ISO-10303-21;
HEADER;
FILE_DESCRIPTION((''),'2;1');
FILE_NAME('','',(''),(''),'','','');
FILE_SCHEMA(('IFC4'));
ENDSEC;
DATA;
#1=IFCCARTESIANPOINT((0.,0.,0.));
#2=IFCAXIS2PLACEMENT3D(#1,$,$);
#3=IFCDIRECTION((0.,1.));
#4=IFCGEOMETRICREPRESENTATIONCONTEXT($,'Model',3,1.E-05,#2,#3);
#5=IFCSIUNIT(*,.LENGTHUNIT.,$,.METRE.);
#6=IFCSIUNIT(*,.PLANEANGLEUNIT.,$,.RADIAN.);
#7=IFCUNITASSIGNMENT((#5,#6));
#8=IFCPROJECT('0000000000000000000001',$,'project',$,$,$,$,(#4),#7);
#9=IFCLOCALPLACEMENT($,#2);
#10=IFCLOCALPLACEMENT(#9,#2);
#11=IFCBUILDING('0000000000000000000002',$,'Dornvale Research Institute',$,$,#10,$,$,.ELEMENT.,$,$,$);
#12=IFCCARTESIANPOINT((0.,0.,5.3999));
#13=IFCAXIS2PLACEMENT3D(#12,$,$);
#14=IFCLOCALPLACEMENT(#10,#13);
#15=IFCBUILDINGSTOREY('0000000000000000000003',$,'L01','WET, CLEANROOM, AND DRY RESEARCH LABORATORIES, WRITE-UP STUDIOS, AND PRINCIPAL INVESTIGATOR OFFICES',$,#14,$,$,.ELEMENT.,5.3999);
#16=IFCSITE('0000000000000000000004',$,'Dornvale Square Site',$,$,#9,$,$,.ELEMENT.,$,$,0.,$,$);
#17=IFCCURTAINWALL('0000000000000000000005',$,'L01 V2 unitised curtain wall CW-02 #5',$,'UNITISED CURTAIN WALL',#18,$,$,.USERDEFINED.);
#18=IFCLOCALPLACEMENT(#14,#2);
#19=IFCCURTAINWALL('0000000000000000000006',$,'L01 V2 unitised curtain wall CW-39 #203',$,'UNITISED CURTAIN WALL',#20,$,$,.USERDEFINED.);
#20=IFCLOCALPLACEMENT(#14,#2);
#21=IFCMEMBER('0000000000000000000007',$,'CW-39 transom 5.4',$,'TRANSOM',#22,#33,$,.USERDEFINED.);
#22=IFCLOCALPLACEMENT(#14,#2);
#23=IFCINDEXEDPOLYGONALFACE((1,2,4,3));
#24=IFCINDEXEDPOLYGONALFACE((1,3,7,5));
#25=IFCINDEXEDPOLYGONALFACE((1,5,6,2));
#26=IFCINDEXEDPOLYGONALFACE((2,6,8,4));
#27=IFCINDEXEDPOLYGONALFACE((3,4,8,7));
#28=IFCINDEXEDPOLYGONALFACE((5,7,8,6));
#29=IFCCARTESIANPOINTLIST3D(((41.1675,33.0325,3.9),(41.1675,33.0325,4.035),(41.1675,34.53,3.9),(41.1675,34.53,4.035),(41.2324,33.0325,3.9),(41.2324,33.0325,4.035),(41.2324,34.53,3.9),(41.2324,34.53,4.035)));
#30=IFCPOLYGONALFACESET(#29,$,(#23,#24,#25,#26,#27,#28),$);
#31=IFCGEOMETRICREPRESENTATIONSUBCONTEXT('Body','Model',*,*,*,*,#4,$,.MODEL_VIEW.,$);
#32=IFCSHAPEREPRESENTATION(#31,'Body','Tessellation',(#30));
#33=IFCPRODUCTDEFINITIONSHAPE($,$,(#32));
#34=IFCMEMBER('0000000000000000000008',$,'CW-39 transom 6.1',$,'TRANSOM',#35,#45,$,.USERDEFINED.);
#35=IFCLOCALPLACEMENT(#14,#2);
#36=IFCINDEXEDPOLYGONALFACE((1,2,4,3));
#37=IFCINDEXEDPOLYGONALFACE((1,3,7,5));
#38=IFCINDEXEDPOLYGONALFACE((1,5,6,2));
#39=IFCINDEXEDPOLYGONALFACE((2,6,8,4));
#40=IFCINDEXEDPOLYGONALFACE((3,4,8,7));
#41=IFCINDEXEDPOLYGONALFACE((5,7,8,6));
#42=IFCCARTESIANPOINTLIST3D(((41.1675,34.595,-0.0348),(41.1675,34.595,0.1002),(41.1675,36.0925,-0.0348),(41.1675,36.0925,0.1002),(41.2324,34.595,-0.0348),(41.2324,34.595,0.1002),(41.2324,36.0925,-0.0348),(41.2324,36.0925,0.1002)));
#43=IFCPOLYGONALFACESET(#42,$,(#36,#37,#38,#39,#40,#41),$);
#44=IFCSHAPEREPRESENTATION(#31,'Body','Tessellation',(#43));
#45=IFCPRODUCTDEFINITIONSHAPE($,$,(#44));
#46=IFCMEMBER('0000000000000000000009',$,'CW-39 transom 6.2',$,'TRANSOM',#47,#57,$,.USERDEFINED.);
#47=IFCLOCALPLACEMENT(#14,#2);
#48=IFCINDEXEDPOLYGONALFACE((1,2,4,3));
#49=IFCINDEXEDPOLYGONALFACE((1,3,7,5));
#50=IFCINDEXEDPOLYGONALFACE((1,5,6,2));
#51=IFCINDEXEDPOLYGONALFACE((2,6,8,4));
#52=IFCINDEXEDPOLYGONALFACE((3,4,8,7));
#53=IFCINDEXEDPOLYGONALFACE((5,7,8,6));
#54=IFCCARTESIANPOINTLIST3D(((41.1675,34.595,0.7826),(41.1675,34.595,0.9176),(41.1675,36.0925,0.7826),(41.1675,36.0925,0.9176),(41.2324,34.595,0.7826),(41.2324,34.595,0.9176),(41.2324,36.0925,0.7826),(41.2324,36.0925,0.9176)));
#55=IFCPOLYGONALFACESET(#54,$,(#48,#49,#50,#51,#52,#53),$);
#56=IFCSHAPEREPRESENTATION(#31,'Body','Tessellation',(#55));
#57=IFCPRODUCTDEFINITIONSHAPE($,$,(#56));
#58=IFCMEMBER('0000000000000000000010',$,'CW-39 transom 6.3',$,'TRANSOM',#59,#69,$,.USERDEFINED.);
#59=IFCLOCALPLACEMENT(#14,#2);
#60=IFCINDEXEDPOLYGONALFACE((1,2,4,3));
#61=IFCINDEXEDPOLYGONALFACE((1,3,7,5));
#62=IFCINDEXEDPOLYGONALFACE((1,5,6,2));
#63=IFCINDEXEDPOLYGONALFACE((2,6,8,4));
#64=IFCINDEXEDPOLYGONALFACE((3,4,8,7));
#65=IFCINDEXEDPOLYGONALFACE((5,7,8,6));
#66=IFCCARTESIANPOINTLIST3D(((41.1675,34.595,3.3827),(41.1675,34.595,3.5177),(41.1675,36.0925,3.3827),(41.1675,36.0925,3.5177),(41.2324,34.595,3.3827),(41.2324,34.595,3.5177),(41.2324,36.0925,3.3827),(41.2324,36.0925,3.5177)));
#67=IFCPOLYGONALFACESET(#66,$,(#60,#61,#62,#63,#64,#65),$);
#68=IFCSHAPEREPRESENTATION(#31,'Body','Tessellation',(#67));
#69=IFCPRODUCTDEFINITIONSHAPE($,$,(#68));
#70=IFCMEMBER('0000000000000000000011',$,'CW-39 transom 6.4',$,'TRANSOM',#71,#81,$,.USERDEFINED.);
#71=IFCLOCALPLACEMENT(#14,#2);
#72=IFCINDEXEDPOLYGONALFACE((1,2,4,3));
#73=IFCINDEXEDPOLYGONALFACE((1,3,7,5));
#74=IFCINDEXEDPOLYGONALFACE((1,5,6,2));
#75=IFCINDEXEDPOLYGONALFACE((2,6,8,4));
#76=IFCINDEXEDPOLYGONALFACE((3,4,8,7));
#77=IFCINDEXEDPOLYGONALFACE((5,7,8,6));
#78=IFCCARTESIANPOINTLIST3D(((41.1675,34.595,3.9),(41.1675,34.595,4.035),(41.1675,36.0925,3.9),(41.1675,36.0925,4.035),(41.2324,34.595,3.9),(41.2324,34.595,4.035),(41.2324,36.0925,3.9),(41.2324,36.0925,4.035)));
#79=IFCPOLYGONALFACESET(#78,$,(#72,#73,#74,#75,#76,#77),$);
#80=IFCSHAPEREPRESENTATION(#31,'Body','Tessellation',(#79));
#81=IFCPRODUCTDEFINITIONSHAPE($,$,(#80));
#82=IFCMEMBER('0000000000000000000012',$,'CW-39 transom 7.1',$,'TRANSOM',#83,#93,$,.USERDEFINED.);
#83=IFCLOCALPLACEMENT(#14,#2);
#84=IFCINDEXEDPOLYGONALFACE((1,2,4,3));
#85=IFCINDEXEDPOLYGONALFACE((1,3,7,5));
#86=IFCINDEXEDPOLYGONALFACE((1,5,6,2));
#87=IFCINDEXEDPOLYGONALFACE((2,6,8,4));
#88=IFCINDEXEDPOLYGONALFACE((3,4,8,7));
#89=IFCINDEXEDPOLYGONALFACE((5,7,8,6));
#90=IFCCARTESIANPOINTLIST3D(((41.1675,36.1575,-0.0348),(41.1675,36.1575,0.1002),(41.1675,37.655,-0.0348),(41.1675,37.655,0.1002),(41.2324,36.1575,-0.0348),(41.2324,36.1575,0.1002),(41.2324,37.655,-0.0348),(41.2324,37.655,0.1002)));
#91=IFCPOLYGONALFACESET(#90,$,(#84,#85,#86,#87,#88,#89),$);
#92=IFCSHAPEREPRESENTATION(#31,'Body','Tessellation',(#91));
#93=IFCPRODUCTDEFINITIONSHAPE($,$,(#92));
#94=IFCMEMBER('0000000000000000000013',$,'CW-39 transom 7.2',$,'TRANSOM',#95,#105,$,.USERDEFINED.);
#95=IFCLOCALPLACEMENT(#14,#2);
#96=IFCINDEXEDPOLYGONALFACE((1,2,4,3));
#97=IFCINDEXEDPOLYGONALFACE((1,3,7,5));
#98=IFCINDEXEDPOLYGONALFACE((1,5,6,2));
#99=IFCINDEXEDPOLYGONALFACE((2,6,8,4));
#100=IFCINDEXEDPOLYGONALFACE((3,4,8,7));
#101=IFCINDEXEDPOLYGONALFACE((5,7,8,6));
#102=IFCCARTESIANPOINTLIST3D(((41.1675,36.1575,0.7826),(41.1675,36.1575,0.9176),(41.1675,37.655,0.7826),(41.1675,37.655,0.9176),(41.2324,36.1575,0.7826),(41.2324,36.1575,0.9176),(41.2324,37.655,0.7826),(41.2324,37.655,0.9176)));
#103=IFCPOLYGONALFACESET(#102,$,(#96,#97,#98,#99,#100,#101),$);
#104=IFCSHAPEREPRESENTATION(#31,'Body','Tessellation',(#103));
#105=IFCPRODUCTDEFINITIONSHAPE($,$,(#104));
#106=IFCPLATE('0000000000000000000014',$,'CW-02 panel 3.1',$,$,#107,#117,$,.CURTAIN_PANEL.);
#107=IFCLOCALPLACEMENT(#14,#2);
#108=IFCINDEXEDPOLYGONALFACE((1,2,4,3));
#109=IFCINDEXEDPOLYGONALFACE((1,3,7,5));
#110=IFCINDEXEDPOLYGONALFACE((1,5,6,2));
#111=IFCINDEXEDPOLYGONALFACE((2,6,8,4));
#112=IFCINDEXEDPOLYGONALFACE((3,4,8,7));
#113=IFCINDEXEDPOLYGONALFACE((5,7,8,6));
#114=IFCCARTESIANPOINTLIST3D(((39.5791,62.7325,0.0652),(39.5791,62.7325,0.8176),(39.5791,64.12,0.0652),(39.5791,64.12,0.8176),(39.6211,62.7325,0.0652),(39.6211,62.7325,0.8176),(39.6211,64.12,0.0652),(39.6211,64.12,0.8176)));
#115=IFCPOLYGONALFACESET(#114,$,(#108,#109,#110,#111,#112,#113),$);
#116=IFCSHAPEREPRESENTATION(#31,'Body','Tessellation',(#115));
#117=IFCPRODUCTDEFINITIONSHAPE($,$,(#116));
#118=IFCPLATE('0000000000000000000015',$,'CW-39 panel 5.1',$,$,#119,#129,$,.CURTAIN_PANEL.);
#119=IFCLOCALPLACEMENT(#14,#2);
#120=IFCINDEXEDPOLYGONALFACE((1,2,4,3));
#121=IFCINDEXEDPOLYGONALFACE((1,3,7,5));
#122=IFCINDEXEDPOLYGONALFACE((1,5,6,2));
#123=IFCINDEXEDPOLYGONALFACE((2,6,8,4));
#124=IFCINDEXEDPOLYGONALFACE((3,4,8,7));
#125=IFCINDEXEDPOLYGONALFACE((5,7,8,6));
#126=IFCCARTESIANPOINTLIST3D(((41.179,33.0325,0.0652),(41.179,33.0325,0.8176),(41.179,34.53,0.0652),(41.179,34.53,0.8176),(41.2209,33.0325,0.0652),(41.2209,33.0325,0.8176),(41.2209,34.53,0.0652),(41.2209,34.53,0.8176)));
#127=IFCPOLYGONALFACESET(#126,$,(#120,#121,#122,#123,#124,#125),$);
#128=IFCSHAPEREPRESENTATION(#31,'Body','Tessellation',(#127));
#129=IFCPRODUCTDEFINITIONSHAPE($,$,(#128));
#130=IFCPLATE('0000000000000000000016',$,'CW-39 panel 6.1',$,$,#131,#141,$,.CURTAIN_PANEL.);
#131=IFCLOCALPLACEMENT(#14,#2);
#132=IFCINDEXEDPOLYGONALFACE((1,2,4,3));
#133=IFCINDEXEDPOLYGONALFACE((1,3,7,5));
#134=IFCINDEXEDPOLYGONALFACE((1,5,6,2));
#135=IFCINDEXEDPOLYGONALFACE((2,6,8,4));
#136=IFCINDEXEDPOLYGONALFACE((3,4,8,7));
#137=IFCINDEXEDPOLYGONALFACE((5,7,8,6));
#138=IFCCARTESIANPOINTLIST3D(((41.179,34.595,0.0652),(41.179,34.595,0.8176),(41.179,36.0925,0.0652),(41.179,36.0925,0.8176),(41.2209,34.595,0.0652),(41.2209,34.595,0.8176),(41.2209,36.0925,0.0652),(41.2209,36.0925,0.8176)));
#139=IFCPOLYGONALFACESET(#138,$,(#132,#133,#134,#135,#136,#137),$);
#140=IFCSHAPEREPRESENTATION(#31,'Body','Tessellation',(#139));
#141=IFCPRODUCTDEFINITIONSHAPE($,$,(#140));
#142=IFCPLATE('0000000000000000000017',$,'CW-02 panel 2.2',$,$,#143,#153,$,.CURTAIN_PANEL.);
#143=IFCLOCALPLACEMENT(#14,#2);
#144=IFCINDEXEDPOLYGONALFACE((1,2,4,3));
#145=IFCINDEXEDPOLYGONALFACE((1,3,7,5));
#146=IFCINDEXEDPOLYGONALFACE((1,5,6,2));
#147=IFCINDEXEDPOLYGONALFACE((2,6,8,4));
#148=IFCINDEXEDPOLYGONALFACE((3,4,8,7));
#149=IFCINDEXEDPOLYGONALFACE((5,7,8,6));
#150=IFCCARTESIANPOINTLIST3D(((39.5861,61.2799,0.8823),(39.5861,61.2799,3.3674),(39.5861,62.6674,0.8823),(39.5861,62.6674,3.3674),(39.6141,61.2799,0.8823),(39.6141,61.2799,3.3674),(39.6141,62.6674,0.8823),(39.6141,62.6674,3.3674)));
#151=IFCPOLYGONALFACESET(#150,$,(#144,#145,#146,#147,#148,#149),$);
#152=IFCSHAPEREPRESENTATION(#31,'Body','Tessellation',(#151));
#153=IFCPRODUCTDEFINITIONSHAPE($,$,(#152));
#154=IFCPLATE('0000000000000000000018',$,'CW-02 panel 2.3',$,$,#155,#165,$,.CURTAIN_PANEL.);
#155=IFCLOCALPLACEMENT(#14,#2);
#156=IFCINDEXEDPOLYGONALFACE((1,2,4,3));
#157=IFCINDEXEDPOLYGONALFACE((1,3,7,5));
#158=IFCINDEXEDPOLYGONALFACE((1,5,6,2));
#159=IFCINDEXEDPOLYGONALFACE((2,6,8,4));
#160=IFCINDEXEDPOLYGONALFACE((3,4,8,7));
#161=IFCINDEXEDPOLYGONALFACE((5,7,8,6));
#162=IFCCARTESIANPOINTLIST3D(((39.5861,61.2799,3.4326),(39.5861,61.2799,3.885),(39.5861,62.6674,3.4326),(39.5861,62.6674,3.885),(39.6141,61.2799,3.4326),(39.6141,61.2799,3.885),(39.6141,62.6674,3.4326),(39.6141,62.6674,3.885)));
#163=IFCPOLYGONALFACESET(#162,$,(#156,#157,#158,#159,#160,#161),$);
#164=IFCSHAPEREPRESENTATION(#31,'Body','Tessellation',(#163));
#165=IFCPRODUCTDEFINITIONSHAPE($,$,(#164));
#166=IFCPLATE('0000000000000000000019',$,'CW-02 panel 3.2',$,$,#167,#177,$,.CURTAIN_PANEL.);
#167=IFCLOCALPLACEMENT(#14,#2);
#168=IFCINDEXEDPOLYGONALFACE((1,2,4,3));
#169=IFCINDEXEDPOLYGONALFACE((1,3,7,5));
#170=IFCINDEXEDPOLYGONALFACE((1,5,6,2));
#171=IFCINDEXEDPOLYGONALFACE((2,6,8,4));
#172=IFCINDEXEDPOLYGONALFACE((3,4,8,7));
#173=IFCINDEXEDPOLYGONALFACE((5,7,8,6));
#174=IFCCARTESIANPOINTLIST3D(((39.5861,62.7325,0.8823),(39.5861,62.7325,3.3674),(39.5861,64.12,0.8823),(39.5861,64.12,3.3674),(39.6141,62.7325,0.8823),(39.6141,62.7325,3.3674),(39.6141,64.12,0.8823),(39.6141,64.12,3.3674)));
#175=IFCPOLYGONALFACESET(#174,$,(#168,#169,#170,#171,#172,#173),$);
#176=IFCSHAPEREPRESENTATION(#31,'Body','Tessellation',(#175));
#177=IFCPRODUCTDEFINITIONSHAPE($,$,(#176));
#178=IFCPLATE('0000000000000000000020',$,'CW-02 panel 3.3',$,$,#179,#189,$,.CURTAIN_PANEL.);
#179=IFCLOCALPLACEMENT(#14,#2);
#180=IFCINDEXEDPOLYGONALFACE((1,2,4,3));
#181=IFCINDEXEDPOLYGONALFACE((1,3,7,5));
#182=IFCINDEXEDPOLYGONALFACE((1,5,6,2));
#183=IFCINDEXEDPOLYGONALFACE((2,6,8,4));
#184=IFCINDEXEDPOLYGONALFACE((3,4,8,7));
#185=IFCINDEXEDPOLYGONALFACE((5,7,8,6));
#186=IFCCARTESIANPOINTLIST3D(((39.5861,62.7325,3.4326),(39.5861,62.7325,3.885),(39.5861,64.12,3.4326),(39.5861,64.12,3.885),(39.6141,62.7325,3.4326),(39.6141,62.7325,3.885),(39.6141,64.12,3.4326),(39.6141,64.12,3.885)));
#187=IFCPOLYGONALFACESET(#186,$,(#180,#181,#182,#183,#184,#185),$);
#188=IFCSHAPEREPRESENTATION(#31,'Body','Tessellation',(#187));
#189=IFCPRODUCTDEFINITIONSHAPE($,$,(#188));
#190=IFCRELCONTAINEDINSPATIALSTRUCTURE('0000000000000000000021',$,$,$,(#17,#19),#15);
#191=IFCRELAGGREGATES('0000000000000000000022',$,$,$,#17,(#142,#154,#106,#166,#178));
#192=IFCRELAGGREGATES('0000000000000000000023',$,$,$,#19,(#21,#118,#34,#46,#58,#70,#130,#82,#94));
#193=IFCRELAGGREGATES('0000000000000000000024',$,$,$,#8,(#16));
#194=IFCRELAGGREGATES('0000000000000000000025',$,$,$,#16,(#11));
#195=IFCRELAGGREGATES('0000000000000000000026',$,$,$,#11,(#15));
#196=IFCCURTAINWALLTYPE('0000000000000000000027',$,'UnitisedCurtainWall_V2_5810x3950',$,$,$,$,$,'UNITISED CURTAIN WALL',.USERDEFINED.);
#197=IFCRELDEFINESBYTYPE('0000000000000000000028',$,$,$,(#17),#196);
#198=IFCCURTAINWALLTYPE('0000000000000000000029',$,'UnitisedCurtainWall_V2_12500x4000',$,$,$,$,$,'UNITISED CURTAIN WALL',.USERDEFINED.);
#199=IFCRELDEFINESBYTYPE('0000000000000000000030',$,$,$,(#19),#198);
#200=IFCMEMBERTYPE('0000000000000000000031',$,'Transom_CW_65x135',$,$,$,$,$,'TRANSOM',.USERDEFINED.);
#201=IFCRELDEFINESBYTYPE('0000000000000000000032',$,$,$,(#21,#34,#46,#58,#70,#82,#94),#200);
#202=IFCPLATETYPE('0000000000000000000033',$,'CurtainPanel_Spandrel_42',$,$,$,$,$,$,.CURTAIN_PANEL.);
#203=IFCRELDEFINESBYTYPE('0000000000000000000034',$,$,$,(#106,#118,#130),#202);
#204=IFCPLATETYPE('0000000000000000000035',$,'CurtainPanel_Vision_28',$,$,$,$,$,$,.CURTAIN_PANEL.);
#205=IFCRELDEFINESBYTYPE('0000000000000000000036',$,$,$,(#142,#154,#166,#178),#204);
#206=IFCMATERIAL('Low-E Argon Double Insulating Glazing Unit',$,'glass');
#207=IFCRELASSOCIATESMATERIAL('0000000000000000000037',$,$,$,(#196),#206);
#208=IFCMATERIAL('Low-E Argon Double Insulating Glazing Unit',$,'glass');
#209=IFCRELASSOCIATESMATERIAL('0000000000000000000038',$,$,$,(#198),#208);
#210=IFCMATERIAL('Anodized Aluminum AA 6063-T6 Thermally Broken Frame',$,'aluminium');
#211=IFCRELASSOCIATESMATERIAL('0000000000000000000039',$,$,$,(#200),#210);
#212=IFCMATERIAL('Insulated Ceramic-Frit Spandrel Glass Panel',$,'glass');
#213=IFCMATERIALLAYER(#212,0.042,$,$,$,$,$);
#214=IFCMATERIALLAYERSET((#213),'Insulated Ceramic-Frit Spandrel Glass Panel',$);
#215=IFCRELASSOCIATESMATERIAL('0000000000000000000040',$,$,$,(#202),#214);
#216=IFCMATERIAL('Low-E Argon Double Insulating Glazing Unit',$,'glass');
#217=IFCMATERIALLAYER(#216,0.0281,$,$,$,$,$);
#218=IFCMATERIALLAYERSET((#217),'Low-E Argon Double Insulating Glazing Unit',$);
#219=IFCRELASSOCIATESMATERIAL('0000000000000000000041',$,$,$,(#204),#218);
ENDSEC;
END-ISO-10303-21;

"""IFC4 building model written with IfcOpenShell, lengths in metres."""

from ifc_helpers import new_model, si_unit, direction, frame, origin, origin_2d, place, context, subcontext, project, spatial, rectangle, extrude, material, layer, layer_set, material_profile, profile_set, type_object, element, aggregate, save


model = new_model("IFC4")

# Units and contexts
model_context = context("Model", 3, precision=1e-05, world=origin(), true_north=direction((0.0, 1.0)))
body_context = subcontext(model_context, "Body", "Model", "MODEL_VIEW")
ifc_project = project(units=[si_unit("LENGTHUNIT", "METRE"), si_unit("PLANEANGLEUNIT", "RADIAN")], contexts=[model_context])

# Site, building, storey
site_placement = place(None, origin())
site = spatial("IfcSite", under=ifc_project, at=site_placement, Name="Dornvale Square Site", CompositionType="ELEMENT", RefElevation=0.0)
building_placement = place(site_placement, origin())
building = spatial("IfcBuilding", under=site, at=building_placement, Name="Dornvale Research Institute", CompositionType="ELEMENT")
storey_placement = place(building_placement, frame((0.0, 0.0, 5.3999)))
storey = spatial("IfcBuildingStorey", under=building, at=storey_placement, Name="L01", Description="WET, CLEANROOM, AND DRY RESEARCH LABORATORIES, WRITE-UP STUDIOS, AND PRINCIPAL INVESTIGATOR OFFICES", CompositionType="ELEMENT", Elevation=5.3999)

# Curtain walls
ifc_material_1 = material(Name="Low-E Argon Double Insulating Glazing Unit", Category="glass")
curtain_wall_type_1 = type_object("IfcCurtainWallType", Name="UnitisedCurtainWall_V2_5810x3950", ElementType="UNITISED CURTAIN WALL", PredefinedType="USERDEFINED", material=ifc_material_1)
curtain_wall_1_placement = place(storey_placement, origin())
curtain_wall_1 = element("IfcCurtainWall", 1, at=curtain_wall_1_placement, inside=storey, type_object=curtain_wall_type_1, Name="L01 V2 unitised curtain wall CW-02 #5", ObjectType="UNITISED CURTAIN WALL", PredefinedType="USERDEFINED")
ifc_material_2 = material(Name="Low-E Argon Double Insulating Glazing Unit", Category="glass")
curtain_wall_type_2 = type_object("IfcCurtainWallType", Name="UnitisedCurtainWall_V2_12500x4000", ElementType="UNITISED CURTAIN WALL", PredefinedType="USERDEFINED", material=ifc_material_2)
curtain_wall_2_placement = place(storey_placement, origin())
curtain_wall_2 = element("IfcCurtainWall", 2, at=curtain_wall_2_placement, inside=storey, type_object=curtain_wall_type_2, Name="L01 V2 unitised curtain wall CW-39 #203", ObjectType="UNITISED CURTAIN WALL", PredefinedType="USERDEFINED")

# Members
ifc_material_3 = material(Name="Anodized Aluminum AA 6063-T6 Thermally Broken Frame", Category="aluminium")
ifc_material_profile_1 = material_profile(ifc_material_3, rectangle(XDim=0.0649, YDim=0.135, at=origin_2d()), Name="ALU TRANSOM 65x135")
ifc_profile_set_1 = profile_set([ifc_material_profile_1], Name="Anodized Aluminum AA 6063-T6 Thermally Broken Frame")
member_type_1 = type_object("IfcMemberType", Name="Transom_CW_65x135", ElementType="TRANSOM", PredefinedType="USERDEFINED", material=ifc_profile_set_1)
member_1_placement = place(storey_placement, frame((41.2, 33.0325, 3.9675), z_axis=(0.0, 1.0, 0.0), x_axis=(-1.0, 0.0, 0.0)))
member_1 = element("IfcMember", 3, at=member_1_placement, type_object=member_type_1, Name="CW-39 transom 5.4", ObjectType="TRANSOM", PredefinedType="USERDEFINED", context=body_context, shape_type="SweptSolid", body=[
    extrude(rectangle(XDim=0.0649, YDim=0.135, at=origin_2d()), origin(), (0.0, 0.0, 1.0), 1.4976),
])
member_2_placement = place(storey_placement, frame((41.2, 34.595, 0.0327), z_axis=(0.0, 1.0, 0.0), x_axis=(-1.0, 0.0, 0.0)))
member_2 = element("IfcMember", 4, at=member_2_placement, type_object=member_type_1, Name="CW-39 transom 6.1", ObjectType="TRANSOM", PredefinedType="USERDEFINED", context=body_context, shape_type="SweptSolid", body=[
    extrude(rectangle(XDim=0.0649, YDim=0.135, at=origin_2d()), origin(), (0.0, 0.0, 1.0), 1.4976),
])
member_3_placement = place(storey_placement, frame((41.2, 34.595, 0.8501), z_axis=(0.0, 1.0, 0.0), x_axis=(-1.0, 0.0, 0.0)))
member_3 = element("IfcMember", 5, at=member_3_placement, type_object=member_type_1, Name="CW-39 transom 6.2", ObjectType="TRANSOM", PredefinedType="USERDEFINED", context=body_context, shape_type="SweptSolid", body=[
    extrude(rectangle(XDim=0.0649, YDim=0.135, at=origin_2d()), origin(), (0.0, 0.0, 1.0), 1.4976),
])
member_4_placement = place(storey_placement, frame((41.2, 34.595, 3.4502), z_axis=(0.0, 1.0, 0.0), x_axis=(-1.0, 0.0, 0.0)))
member_4 = element("IfcMember", 6, at=member_4_placement, type_object=member_type_1, Name="CW-39 transom 6.3", ObjectType="TRANSOM", PredefinedType="USERDEFINED", context=body_context, shape_type="SweptSolid", body=[
    extrude(rectangle(XDim=0.0649, YDim=0.135, at=origin_2d()), origin(), (0.0, 0.0, 1.0), 1.4976),
])
member_5_placement = place(storey_placement, frame((41.2, 34.595, 3.9675), z_axis=(0.0, 1.0, 0.0), x_axis=(-1.0, 0.0, 0.0)))
member_5 = element("IfcMember", 7, at=member_5_placement, type_object=member_type_1, Name="CW-39 transom 6.4", ObjectType="TRANSOM", PredefinedType="USERDEFINED", context=body_context, shape_type="SweptSolid", body=[
    extrude(rectangle(XDim=0.0649, YDim=0.135, at=origin_2d()), origin(), (0.0, 0.0, 1.0), 1.4976),
])
member_6_placement = place(storey_placement, frame((41.2, 36.1575, 0.0327), z_axis=(0.0, 1.0, 0.0), x_axis=(-1.0, 0.0, 0.0)))
member_6 = element("IfcMember", 8, at=member_6_placement, type_object=member_type_1, Name="CW-39 transom 7.1", ObjectType="TRANSOM", PredefinedType="USERDEFINED", context=body_context, shape_type="SweptSolid", body=[
    extrude(rectangle(XDim=0.0649, YDim=0.135, at=origin_2d()), origin(), (0.0, 0.0, 1.0), 1.4976),
])
member_7_placement = place(storey_placement, frame((41.2, 36.1575, 0.8501), z_axis=(0.0, 1.0, 0.0), x_axis=(-1.0, 0.0, 0.0)))
member_7 = element("IfcMember", 9, at=member_7_placement, type_object=member_type_1, Name="CW-39 transom 7.2", ObjectType="TRANSOM", PredefinedType="USERDEFINED", context=body_context, shape_type="SweptSolid", body=[
    extrude(rectangle(XDim=0.0649, YDim=0.135, at=origin_2d()), origin(), (0.0, 0.0, 1.0), 1.4976),
])

# Plates
ifc_material_4 = material(Name="Insulated Ceramic-Frit Spandrel Glass Panel", Category="glass")
ifc_layer_1 = layer(ifc_material_4, 0.042)
ifc_layer_set_1 = layer_set([ifc_layer_1], Name="Insulated Ceramic-Frit Spandrel Glass Panel")
plate_type_1 = type_object("IfcPlateType", Name="CurtainPanel_Spandrel_42", PredefinedType="CURTAIN_PANEL", material=ifc_layer_set_1)
plate_1_placement = place(storey_placement, frame((39.6001, 63.4263, 0.0652), z_axis=(0.0, 0.0, 1.0), x_axis=(0.0, 1.0, 0.0)))
plate_1 = element("IfcPlate", 10, at=plate_1_placement, type_object=plate_type_1, Name="CW-02 panel 3.1", PredefinedType="CURTAIN_PANEL", context=body_context, shape_type="SweptSolid", body=[
    extrude(rectangle(XDim=1.3875, YDim=0.042, at=origin_2d()), origin(), (0.0, 0.0, 1.0), 0.7524),
])
plate_2_placement = place(storey_placement, frame((41.2, 33.7812, 0.0652), z_axis=(0.0, 0.0, 1.0), x_axis=(0.0, 1.0, 0.0)))
plate_2 = element("IfcPlate", 11, at=plate_2_placement, type_object=plate_type_1, Name="CW-39 panel 5.1", PredefinedType="CURTAIN_PANEL", context=body_context, shape_type="SweptSolid", body=[
    extrude(rectangle(XDim=1.4976, YDim=0.042, at=origin_2d()), origin(), (0.0, 0.0, 1.0), 0.7524),
])
plate_3_placement = place(storey_placement, frame((41.2, 35.3438, 0.0652), z_axis=(0.0, 0.0, 1.0), x_axis=(0.0, 1.0, 0.0)))
plate_3 = element("IfcPlate", 12, at=plate_3_placement, type_object=plate_type_1, Name="CW-39 panel 6.1", PredefinedType="CURTAIN_PANEL", context=body_context, shape_type="SweptSolid", body=[
    extrude(rectangle(XDim=1.4976, YDim=0.042, at=origin_2d()), origin(), (0.0, 0.0, 1.0), 0.7524),
])
ifc_material_5 = material(Name="Low-E Argon Double Insulating Glazing Unit", Category="glass")
ifc_layer_2 = layer(ifc_material_5, 0.0281)
ifc_layer_set_2 = layer_set([ifc_layer_2], Name="Low-E Argon Double Insulating Glazing Unit")
plate_type_2 = type_object("IfcPlateType", Name="CurtainPanel_Vision_28", PredefinedType="CURTAIN_PANEL", material=ifc_layer_set_2)
plate_4_placement = place(storey_placement, frame((39.6001, 61.9736, 0.8823), z_axis=(0.0, 0.0, 1.0), x_axis=(0.0, 1.0, 0.0)))
plate_4 = element("IfcPlate", 13, at=plate_4_placement, type_object=plate_type_2, Name="CW-02 panel 2.2", PredefinedType="CURTAIN_PANEL", context=body_context, shape_type="SweptSolid", body=[
    extrude(rectangle(XDim=1.3875, YDim=0.0281, at=origin_2d()), origin(), (0.0, 0.0, 1.0), 2.4851),
])
plate_5_placement = place(storey_placement, frame((39.6001, 61.9736, 3.4326), z_axis=(0.0, 0.0, 1.0), x_axis=(0.0, 1.0, 0.0)))
plate_5 = element("IfcPlate", 14, at=plate_5_placement, type_object=plate_type_2, Name="CW-02 panel 2.3", PredefinedType="CURTAIN_PANEL", context=body_context, shape_type="SweptSolid", body=[
    extrude(rectangle(XDim=1.3875, YDim=0.0281, at=origin_2d()), origin(), (0.0, 0.0, 1.0), 0.4524),
])
plate_6_placement = place(storey_placement, frame((39.6001, 63.4263, 0.8823), z_axis=(0.0, 0.0, 1.0), x_axis=(0.0, 1.0, 0.0)))
plate_6 = element("IfcPlate", 15, at=plate_6_placement, type_object=plate_type_2, Name="CW-02 panel 3.2", PredefinedType="CURTAIN_PANEL", context=body_context, shape_type="SweptSolid", body=[
    extrude(rectangle(XDim=1.3875, YDim=0.0281, at=origin_2d()), origin(), (0.0, 0.0, 1.0), 2.4851),
])
plate_7_placement = place(storey_placement, frame((39.6001, 63.4263, 3.4326), z_axis=(0.0, 0.0, 1.0), x_axis=(0.0, 1.0, 0.0)))
plate_7 = element("IfcPlate", 16, at=plate_7_placement, type_object=plate_type_2, Name="CW-02 panel 3.3", PredefinedType="CURTAIN_PANEL", context=body_context, shape_type="SweptSolid", body=[
    extrude(rectangle(XDim=1.3875, YDim=0.0281, at=origin_2d()), origin(), (0.0, 0.0, 1.0), 0.4524),
])
aggregate(curtain_wall_1, [plate_4, plate_5, plate_1, plate_6, plate_7])
aggregate(curtain_wall_2, [member_1, plate_2, member_2, member_3, member_4, member_5, plate_3, member_6, member_7])

save(model, "model.ifc")
